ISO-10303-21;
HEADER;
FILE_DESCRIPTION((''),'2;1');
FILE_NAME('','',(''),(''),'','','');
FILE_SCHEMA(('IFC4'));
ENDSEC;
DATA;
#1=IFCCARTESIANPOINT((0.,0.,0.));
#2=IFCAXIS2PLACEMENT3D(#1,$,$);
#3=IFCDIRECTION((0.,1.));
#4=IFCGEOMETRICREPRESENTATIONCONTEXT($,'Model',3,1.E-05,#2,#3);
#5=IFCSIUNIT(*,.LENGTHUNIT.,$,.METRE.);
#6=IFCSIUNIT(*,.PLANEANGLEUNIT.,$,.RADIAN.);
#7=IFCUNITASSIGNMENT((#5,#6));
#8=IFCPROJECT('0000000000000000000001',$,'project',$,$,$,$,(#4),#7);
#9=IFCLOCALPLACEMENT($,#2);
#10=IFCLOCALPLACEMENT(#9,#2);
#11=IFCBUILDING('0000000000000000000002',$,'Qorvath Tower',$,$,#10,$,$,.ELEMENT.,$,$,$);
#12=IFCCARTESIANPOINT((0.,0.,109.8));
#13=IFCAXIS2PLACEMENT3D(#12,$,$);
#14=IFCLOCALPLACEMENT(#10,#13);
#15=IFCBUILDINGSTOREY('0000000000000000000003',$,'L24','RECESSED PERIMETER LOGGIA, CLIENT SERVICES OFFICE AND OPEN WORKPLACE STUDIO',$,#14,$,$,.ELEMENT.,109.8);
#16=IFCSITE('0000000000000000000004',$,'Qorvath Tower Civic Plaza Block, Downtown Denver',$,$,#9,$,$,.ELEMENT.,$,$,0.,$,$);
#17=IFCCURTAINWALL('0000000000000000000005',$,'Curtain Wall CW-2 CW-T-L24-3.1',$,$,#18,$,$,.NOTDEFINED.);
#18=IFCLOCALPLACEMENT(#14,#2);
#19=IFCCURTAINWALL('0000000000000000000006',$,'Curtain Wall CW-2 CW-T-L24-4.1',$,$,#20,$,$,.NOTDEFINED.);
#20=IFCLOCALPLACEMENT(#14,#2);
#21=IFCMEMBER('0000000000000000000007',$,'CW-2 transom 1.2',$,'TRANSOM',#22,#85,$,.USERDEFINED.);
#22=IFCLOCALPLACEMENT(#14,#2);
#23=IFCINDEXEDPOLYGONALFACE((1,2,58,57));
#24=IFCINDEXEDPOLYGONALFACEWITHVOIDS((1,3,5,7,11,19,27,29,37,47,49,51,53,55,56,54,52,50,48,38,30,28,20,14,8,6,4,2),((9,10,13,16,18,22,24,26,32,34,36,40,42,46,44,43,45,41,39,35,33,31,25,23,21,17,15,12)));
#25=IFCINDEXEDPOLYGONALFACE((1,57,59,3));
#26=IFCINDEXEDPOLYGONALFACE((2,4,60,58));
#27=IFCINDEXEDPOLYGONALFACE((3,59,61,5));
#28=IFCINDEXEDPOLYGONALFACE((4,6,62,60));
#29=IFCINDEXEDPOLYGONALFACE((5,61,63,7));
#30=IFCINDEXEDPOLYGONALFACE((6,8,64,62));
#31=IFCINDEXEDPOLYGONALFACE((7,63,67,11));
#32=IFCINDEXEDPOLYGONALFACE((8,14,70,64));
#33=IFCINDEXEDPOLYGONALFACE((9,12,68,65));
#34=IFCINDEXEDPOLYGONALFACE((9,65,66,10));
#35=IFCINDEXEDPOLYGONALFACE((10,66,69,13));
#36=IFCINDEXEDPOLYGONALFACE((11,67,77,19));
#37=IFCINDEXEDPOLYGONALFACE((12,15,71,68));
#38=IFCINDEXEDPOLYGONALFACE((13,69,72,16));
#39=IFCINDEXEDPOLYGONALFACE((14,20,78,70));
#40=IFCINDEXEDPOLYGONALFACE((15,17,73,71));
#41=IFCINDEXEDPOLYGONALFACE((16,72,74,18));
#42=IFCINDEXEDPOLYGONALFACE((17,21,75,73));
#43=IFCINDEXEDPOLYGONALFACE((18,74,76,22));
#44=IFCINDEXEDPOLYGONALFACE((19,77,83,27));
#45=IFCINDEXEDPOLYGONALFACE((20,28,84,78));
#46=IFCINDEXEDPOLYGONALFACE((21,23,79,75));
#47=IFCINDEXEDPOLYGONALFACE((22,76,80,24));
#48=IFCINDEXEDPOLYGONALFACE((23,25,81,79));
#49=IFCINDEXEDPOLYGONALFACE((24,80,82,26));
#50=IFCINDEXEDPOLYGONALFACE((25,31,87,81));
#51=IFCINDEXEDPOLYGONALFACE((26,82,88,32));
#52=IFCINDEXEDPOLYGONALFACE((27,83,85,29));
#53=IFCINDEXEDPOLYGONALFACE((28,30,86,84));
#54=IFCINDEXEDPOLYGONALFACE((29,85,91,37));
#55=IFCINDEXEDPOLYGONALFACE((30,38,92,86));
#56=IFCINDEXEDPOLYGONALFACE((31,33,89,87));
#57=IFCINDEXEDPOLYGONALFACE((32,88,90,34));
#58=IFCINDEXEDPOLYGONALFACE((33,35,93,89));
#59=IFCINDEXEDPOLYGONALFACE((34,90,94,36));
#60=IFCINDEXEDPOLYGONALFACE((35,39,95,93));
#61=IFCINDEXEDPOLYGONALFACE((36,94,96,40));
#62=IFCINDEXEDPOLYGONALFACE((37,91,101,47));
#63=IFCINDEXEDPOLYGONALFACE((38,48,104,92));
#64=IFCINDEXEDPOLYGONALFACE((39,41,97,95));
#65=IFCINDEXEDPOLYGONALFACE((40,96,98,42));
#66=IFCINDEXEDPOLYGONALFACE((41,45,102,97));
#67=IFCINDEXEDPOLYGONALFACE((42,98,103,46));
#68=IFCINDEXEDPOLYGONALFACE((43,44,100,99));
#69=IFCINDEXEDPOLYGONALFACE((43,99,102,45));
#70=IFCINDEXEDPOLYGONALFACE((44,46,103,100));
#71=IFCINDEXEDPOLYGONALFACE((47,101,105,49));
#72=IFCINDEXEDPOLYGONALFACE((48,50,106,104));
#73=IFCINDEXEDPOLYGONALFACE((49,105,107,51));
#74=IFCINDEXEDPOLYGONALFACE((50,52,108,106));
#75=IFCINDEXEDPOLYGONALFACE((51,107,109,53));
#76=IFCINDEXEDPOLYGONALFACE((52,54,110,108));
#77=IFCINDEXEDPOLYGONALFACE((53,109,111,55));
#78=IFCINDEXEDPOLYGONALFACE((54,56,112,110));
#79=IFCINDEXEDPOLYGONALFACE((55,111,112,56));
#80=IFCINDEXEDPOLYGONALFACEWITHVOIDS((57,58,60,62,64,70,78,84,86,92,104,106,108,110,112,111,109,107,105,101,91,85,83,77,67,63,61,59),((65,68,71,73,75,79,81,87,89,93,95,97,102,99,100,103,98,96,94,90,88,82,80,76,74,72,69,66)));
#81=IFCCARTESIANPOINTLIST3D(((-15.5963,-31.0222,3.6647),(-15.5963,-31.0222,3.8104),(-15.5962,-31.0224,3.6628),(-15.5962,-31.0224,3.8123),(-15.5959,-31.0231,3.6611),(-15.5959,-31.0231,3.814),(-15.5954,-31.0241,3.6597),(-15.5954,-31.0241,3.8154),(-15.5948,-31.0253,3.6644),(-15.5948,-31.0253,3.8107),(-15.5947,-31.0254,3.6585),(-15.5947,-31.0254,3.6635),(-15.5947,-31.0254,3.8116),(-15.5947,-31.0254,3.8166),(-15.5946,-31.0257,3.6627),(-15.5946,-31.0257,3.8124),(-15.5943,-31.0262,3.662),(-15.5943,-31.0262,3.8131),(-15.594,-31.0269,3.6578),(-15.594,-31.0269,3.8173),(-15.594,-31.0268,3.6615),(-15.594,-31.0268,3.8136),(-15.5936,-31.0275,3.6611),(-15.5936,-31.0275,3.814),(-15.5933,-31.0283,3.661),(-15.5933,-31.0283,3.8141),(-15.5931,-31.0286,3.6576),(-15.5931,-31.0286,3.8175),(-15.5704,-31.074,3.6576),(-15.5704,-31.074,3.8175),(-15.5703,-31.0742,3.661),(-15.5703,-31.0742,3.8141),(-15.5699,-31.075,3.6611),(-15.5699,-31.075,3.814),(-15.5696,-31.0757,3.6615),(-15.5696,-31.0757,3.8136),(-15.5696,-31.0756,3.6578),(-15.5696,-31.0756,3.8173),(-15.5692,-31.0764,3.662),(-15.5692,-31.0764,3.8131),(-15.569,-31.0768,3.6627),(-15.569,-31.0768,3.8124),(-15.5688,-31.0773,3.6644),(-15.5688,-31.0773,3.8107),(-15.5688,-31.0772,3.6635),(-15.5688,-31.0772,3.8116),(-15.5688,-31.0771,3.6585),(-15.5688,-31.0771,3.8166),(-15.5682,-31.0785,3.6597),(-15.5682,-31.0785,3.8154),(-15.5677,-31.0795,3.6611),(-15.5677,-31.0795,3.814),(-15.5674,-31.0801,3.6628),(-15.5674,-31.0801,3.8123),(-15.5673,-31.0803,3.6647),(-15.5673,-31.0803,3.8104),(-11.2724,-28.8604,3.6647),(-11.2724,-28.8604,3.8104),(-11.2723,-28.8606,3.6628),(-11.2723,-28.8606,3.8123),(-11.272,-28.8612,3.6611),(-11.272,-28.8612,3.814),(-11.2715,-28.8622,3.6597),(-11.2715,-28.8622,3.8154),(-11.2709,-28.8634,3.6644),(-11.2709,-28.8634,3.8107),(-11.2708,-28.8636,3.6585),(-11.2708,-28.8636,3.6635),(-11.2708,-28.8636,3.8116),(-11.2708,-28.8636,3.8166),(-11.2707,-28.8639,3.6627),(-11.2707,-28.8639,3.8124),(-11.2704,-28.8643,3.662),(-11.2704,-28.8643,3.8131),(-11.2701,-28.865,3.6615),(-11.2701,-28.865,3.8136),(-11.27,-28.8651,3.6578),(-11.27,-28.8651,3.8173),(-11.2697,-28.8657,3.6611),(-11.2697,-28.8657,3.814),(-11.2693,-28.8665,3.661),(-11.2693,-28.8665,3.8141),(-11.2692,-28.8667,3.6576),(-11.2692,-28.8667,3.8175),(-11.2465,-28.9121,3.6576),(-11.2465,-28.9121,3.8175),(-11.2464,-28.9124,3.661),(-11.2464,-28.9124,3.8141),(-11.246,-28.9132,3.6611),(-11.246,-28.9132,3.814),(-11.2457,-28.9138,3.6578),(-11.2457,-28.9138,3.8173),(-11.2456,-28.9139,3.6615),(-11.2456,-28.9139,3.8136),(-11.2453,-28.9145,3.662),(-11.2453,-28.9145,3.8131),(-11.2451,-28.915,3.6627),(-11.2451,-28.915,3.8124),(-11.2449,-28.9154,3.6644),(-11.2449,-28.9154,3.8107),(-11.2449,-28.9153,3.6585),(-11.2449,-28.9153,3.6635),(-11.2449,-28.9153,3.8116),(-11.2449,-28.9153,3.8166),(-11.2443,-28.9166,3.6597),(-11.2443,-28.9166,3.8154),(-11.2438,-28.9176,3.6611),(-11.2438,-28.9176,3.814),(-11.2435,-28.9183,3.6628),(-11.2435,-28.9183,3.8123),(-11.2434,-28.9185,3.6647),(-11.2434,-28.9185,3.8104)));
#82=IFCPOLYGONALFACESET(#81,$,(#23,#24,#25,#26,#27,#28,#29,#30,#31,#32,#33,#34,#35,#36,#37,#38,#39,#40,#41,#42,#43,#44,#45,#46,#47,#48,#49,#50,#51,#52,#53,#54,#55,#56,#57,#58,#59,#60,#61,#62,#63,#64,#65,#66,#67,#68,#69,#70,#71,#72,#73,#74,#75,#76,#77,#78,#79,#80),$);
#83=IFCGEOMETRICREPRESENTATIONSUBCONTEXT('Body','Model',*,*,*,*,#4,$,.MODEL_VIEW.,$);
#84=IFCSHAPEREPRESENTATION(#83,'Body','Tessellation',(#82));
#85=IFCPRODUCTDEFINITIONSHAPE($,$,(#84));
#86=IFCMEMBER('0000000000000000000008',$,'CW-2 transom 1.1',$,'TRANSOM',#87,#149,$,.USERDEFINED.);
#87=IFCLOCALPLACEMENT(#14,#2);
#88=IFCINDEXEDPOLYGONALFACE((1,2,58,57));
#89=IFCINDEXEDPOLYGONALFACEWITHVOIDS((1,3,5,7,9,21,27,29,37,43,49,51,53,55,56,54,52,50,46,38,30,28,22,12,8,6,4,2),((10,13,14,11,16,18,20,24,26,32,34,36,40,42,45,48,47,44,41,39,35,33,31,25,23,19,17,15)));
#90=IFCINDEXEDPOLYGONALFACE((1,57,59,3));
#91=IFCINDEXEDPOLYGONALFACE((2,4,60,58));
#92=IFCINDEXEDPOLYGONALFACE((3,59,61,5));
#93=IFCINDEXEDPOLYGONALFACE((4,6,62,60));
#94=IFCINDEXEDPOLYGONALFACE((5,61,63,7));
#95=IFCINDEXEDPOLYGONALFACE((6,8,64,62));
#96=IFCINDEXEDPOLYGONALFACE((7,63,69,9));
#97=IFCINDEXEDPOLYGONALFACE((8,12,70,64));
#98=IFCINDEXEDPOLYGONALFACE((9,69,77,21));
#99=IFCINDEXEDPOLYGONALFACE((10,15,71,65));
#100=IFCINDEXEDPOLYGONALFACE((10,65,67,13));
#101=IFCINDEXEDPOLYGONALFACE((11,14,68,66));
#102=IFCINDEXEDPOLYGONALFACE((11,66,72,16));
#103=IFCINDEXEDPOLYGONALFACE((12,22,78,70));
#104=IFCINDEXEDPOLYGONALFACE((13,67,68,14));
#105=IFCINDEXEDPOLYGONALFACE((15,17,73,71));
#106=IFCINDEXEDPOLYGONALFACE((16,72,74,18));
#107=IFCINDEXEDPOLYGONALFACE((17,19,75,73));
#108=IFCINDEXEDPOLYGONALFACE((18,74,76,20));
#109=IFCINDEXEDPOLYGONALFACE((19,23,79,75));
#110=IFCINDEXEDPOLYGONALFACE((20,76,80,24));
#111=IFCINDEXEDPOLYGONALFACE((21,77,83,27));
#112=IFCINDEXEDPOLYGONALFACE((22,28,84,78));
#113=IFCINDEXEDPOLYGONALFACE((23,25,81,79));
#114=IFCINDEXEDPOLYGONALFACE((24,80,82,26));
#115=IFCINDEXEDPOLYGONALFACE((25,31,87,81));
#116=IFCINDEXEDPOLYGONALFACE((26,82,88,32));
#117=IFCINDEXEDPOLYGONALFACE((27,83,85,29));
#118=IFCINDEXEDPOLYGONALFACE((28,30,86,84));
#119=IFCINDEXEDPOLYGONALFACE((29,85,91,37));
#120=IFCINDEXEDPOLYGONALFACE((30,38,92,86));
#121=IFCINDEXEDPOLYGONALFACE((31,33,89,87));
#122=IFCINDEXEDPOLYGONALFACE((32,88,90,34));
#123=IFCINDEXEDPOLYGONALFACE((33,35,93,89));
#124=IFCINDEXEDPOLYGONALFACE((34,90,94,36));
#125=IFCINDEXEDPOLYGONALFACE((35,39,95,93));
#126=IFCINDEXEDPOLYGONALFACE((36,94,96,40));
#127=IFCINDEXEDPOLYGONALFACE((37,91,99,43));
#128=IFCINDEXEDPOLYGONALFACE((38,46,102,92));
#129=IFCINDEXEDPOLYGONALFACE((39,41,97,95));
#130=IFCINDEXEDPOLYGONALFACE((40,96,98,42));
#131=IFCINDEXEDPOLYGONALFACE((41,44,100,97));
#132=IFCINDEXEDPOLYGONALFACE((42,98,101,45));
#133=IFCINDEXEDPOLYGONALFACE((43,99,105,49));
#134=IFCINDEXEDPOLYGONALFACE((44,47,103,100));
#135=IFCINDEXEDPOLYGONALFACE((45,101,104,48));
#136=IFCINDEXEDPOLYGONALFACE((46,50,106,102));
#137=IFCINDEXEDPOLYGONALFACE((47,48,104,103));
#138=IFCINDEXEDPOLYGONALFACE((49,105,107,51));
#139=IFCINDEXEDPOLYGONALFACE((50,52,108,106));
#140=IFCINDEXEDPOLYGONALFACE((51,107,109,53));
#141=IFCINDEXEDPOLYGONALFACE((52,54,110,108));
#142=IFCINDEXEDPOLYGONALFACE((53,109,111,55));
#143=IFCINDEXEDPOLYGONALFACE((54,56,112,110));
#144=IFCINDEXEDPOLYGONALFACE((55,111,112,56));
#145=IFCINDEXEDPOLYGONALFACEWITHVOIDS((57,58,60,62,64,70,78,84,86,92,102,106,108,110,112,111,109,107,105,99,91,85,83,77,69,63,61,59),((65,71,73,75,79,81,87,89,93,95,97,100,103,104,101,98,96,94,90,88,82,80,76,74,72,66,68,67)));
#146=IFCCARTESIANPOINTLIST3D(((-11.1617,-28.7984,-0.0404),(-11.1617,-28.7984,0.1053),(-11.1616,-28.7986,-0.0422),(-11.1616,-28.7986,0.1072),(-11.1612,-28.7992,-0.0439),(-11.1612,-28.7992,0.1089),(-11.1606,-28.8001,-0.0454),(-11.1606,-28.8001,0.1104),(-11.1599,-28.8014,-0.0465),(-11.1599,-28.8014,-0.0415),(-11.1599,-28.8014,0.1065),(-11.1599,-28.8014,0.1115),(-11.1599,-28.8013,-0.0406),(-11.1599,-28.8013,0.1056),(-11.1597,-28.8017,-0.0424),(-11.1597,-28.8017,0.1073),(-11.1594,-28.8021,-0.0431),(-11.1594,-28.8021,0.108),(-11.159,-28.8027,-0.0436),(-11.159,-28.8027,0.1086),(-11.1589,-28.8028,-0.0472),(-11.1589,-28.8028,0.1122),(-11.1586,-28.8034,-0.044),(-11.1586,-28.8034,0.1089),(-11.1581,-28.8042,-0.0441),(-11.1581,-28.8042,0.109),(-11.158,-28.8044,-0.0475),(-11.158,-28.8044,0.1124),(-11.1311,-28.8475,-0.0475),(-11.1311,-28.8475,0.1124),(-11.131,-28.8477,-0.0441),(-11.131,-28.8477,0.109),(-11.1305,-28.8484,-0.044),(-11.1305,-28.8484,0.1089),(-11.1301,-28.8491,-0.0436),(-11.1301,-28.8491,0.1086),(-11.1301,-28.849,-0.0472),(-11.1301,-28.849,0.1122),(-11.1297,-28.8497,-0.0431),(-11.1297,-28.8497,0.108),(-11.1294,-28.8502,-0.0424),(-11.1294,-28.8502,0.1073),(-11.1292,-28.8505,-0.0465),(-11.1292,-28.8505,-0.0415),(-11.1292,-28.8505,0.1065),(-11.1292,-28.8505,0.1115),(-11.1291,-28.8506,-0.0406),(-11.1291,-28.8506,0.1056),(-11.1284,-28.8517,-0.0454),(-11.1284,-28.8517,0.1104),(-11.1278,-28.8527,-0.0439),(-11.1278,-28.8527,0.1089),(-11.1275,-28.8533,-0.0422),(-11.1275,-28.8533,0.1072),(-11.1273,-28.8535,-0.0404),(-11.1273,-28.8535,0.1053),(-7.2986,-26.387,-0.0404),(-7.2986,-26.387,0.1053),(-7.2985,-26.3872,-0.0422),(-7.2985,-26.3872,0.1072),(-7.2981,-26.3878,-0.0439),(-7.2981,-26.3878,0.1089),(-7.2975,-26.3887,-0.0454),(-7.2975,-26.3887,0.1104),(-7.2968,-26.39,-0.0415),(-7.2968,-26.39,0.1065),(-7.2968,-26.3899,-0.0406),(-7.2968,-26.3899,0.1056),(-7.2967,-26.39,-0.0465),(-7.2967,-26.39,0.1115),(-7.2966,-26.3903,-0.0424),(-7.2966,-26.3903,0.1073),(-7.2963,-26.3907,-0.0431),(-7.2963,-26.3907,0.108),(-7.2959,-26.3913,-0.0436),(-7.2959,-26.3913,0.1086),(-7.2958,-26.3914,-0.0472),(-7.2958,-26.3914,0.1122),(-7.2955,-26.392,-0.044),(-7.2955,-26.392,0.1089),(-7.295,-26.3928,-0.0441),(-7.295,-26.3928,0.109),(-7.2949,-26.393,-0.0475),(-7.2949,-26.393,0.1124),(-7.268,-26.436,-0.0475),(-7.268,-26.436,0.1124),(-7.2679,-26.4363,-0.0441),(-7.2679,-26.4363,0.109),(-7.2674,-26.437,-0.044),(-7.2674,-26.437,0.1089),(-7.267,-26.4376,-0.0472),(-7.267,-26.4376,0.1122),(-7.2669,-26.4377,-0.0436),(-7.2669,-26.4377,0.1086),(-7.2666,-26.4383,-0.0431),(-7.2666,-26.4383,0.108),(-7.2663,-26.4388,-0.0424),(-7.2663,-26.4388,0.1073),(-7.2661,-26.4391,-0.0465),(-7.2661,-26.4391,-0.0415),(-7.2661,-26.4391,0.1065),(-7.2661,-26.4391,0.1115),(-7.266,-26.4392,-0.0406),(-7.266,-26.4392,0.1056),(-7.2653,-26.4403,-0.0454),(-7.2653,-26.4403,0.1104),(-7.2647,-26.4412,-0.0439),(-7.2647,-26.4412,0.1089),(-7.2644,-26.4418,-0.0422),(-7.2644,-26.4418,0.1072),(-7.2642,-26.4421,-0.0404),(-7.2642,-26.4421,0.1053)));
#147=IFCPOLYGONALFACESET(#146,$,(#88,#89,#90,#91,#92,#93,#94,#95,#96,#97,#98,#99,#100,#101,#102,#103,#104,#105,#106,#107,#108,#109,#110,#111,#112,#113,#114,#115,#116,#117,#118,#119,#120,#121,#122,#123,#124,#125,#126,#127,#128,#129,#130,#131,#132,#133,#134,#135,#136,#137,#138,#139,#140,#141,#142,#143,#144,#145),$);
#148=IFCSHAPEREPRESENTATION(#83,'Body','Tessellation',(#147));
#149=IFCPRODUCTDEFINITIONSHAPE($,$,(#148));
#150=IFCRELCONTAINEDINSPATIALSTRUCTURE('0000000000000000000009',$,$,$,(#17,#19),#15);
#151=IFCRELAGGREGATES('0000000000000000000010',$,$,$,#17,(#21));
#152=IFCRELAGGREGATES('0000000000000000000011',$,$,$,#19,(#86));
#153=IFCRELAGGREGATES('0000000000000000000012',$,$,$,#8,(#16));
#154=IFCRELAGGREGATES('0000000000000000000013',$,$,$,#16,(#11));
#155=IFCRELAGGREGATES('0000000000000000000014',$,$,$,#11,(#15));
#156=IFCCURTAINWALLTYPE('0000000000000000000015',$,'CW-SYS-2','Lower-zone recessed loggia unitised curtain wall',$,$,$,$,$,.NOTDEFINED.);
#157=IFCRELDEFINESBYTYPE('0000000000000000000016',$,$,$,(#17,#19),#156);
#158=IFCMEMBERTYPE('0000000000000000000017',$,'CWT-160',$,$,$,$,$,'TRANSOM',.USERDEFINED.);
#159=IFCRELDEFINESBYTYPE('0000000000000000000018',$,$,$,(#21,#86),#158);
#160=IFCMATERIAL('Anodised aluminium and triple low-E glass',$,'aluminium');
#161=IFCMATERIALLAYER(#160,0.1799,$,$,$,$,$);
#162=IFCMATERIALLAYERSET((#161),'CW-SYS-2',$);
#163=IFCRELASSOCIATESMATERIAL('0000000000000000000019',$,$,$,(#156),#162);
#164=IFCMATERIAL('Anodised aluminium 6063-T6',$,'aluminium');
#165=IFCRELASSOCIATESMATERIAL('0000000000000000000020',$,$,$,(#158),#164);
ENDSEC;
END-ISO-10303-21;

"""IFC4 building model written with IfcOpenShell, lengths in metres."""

from ifc_helpers import new_model, si_unit, direction, frame, origin, origin_2d, place, context, subcontext, project, spatial, hollow_rectangle, extrude, material, layer, layer_set, material_profile, profile_set, type_object, element, aggregate, save


model = new_model("IFC4")

# Units and contexts
model_context = context("Model", 3, precision=1e-05, world=origin(), true_north=direction((0.0, 1.0)))
body_context = subcontext(model_context, "Body", "Model", "MODEL_VIEW")
ifc_project = project(units=[si_unit("LENGTHUNIT", "METRE"), si_unit("PLANEANGLEUNIT", "RADIAN")], contexts=[model_context])

# Site, building, storey
site_placement = place(None, origin())
site = spatial("IfcSite", under=ifc_project, at=site_placement, Name="Qorvath Tower Civic Plaza Block, Downtown Denver", CompositionType="ELEMENT", RefElevation=0.0)
building_placement = place(site_placement, origin())
building = spatial("IfcBuilding", under=site, at=building_placement, Name="Qorvath Tower", CompositionType="ELEMENT")
storey_placement = place(building_placement, frame((0.0, 0.0, 109.8)))
storey = spatial("IfcBuildingStorey", under=building, at=storey_placement, Name="L24", Description="RECESSED PERIMETER LOGGIA, CLIENT SERVICES OFFICE AND OPEN WORKPLACE STUDIO", CompositionType="ELEMENT", Elevation=109.8)

# Shared definitions
ifc_material_1 = material(Name="Anodised aluminium and triple low-E glass", Category="aluminium")
ifc_layer_1 = layer(ifc_material_1, 0.1799)
ifc_layer_set_1 = layer_set([ifc_layer_1], Name="CW-SYS-2")
curtain_wall_type = type_object("IfcCurtainWallType", Name="CW-SYS-2", Description="Lower-zone recessed loggia unitised curtain wall", PredefinedType="NOTDEFINED", material=ifc_layer_set_1)

# Curtain walls
curtain_wall_1_placement = place(storey_placement, origin())
curtain_wall_1 = element("IfcCurtainWall", 1, at=curtain_wall_1_placement, inside=storey, type_object=curtain_wall_type, Name="Curtain Wall CW-2 CW-T-L24-3.1", PredefinedType="NOTDEFINED")
curtain_wall_2_placement = place(storey_placement, origin())
curtain_wall_2 = element("IfcCurtainWall", 2, at=curtain_wall_2_placement, inside=storey, type_object=curtain_wall_type, Name="Curtain Wall CW-2 CW-T-L24-4.1", PredefinedType="NOTDEFINED")

# Members
ifc_material_2 = material(Name="Anodised aluminium 6063-T6", Category="aluminium")
ifc_material_profile_1 = material_profile(ifc_material_2, hollow_rectangle(XDim=0.0649, YDim=0.1599, WallThickness=0.0034, InnerFilletRadius=0.0034, OuterFilletRadius=0.0071, at=origin_2d()), Name="CWT 160x65")
ifc_profile_set_1 = profile_set([ifc_material_profile_1], Name="Anodised aluminium 6063-T6")
member_type_1 = type_object("IfcMemberType", Name="CWT-160", ElementType="TRANSOM", PredefinedType="USERDEFINED", material=ifc_profile_set_1)
member_1_placement = place(storey_placement, frame((-15.5818, -31.0513, 3.7375), z_axis=(0.894437, 0.447193, 0.0), x_axis=(-0.447193, 0.894437, 0.0)))
member_1 = element("IfcMember", 3, at=member_1_placement, type_object=member_type_1, Name="CW-2 transom 1.2", ObjectType="TRANSOM", PredefinedType="USERDEFINED", context=body_context, shape_type="SweptSolid", body=[
    extrude(hollow_rectangle(XDim=0.0649, YDim=0.1599, WallThickness=0.0034, InnerFilletRadius=0.0034, OuterFilletRadius=0.0071, at=origin_2d()), origin(), (0.0, 0.0, 1.0), 4.8342),
])
member_2_placement = place(storey_placement, frame((-11.1445, -28.8259, 0.0325), z_axis=(0.848296, 0.529522, 0.0), x_axis=(-0.529522, 0.848296, 0.0)))
member_2 = element("IfcMember", 4, at=member_2_placement, type_object=member_type_1, Name="CW-2 transom 1.1", ObjectType="TRANSOM", PredefinedType="USERDEFINED", context=body_context, shape_type="SweptSolid", body=[
    extrude(hollow_rectangle(XDim=0.0649, YDim=0.1599, WallThickness=0.0034, InnerFilletRadius=0.0034, OuterFilletRadius=0.0071, at=origin_2d()), origin(), (0.0, 0.0, 1.0), 4.554),
])

aggregate(curtain_wall_1, [member_1])
aggregate(curtain_wall_2, [member_2])

save(model, "model.ifc")
